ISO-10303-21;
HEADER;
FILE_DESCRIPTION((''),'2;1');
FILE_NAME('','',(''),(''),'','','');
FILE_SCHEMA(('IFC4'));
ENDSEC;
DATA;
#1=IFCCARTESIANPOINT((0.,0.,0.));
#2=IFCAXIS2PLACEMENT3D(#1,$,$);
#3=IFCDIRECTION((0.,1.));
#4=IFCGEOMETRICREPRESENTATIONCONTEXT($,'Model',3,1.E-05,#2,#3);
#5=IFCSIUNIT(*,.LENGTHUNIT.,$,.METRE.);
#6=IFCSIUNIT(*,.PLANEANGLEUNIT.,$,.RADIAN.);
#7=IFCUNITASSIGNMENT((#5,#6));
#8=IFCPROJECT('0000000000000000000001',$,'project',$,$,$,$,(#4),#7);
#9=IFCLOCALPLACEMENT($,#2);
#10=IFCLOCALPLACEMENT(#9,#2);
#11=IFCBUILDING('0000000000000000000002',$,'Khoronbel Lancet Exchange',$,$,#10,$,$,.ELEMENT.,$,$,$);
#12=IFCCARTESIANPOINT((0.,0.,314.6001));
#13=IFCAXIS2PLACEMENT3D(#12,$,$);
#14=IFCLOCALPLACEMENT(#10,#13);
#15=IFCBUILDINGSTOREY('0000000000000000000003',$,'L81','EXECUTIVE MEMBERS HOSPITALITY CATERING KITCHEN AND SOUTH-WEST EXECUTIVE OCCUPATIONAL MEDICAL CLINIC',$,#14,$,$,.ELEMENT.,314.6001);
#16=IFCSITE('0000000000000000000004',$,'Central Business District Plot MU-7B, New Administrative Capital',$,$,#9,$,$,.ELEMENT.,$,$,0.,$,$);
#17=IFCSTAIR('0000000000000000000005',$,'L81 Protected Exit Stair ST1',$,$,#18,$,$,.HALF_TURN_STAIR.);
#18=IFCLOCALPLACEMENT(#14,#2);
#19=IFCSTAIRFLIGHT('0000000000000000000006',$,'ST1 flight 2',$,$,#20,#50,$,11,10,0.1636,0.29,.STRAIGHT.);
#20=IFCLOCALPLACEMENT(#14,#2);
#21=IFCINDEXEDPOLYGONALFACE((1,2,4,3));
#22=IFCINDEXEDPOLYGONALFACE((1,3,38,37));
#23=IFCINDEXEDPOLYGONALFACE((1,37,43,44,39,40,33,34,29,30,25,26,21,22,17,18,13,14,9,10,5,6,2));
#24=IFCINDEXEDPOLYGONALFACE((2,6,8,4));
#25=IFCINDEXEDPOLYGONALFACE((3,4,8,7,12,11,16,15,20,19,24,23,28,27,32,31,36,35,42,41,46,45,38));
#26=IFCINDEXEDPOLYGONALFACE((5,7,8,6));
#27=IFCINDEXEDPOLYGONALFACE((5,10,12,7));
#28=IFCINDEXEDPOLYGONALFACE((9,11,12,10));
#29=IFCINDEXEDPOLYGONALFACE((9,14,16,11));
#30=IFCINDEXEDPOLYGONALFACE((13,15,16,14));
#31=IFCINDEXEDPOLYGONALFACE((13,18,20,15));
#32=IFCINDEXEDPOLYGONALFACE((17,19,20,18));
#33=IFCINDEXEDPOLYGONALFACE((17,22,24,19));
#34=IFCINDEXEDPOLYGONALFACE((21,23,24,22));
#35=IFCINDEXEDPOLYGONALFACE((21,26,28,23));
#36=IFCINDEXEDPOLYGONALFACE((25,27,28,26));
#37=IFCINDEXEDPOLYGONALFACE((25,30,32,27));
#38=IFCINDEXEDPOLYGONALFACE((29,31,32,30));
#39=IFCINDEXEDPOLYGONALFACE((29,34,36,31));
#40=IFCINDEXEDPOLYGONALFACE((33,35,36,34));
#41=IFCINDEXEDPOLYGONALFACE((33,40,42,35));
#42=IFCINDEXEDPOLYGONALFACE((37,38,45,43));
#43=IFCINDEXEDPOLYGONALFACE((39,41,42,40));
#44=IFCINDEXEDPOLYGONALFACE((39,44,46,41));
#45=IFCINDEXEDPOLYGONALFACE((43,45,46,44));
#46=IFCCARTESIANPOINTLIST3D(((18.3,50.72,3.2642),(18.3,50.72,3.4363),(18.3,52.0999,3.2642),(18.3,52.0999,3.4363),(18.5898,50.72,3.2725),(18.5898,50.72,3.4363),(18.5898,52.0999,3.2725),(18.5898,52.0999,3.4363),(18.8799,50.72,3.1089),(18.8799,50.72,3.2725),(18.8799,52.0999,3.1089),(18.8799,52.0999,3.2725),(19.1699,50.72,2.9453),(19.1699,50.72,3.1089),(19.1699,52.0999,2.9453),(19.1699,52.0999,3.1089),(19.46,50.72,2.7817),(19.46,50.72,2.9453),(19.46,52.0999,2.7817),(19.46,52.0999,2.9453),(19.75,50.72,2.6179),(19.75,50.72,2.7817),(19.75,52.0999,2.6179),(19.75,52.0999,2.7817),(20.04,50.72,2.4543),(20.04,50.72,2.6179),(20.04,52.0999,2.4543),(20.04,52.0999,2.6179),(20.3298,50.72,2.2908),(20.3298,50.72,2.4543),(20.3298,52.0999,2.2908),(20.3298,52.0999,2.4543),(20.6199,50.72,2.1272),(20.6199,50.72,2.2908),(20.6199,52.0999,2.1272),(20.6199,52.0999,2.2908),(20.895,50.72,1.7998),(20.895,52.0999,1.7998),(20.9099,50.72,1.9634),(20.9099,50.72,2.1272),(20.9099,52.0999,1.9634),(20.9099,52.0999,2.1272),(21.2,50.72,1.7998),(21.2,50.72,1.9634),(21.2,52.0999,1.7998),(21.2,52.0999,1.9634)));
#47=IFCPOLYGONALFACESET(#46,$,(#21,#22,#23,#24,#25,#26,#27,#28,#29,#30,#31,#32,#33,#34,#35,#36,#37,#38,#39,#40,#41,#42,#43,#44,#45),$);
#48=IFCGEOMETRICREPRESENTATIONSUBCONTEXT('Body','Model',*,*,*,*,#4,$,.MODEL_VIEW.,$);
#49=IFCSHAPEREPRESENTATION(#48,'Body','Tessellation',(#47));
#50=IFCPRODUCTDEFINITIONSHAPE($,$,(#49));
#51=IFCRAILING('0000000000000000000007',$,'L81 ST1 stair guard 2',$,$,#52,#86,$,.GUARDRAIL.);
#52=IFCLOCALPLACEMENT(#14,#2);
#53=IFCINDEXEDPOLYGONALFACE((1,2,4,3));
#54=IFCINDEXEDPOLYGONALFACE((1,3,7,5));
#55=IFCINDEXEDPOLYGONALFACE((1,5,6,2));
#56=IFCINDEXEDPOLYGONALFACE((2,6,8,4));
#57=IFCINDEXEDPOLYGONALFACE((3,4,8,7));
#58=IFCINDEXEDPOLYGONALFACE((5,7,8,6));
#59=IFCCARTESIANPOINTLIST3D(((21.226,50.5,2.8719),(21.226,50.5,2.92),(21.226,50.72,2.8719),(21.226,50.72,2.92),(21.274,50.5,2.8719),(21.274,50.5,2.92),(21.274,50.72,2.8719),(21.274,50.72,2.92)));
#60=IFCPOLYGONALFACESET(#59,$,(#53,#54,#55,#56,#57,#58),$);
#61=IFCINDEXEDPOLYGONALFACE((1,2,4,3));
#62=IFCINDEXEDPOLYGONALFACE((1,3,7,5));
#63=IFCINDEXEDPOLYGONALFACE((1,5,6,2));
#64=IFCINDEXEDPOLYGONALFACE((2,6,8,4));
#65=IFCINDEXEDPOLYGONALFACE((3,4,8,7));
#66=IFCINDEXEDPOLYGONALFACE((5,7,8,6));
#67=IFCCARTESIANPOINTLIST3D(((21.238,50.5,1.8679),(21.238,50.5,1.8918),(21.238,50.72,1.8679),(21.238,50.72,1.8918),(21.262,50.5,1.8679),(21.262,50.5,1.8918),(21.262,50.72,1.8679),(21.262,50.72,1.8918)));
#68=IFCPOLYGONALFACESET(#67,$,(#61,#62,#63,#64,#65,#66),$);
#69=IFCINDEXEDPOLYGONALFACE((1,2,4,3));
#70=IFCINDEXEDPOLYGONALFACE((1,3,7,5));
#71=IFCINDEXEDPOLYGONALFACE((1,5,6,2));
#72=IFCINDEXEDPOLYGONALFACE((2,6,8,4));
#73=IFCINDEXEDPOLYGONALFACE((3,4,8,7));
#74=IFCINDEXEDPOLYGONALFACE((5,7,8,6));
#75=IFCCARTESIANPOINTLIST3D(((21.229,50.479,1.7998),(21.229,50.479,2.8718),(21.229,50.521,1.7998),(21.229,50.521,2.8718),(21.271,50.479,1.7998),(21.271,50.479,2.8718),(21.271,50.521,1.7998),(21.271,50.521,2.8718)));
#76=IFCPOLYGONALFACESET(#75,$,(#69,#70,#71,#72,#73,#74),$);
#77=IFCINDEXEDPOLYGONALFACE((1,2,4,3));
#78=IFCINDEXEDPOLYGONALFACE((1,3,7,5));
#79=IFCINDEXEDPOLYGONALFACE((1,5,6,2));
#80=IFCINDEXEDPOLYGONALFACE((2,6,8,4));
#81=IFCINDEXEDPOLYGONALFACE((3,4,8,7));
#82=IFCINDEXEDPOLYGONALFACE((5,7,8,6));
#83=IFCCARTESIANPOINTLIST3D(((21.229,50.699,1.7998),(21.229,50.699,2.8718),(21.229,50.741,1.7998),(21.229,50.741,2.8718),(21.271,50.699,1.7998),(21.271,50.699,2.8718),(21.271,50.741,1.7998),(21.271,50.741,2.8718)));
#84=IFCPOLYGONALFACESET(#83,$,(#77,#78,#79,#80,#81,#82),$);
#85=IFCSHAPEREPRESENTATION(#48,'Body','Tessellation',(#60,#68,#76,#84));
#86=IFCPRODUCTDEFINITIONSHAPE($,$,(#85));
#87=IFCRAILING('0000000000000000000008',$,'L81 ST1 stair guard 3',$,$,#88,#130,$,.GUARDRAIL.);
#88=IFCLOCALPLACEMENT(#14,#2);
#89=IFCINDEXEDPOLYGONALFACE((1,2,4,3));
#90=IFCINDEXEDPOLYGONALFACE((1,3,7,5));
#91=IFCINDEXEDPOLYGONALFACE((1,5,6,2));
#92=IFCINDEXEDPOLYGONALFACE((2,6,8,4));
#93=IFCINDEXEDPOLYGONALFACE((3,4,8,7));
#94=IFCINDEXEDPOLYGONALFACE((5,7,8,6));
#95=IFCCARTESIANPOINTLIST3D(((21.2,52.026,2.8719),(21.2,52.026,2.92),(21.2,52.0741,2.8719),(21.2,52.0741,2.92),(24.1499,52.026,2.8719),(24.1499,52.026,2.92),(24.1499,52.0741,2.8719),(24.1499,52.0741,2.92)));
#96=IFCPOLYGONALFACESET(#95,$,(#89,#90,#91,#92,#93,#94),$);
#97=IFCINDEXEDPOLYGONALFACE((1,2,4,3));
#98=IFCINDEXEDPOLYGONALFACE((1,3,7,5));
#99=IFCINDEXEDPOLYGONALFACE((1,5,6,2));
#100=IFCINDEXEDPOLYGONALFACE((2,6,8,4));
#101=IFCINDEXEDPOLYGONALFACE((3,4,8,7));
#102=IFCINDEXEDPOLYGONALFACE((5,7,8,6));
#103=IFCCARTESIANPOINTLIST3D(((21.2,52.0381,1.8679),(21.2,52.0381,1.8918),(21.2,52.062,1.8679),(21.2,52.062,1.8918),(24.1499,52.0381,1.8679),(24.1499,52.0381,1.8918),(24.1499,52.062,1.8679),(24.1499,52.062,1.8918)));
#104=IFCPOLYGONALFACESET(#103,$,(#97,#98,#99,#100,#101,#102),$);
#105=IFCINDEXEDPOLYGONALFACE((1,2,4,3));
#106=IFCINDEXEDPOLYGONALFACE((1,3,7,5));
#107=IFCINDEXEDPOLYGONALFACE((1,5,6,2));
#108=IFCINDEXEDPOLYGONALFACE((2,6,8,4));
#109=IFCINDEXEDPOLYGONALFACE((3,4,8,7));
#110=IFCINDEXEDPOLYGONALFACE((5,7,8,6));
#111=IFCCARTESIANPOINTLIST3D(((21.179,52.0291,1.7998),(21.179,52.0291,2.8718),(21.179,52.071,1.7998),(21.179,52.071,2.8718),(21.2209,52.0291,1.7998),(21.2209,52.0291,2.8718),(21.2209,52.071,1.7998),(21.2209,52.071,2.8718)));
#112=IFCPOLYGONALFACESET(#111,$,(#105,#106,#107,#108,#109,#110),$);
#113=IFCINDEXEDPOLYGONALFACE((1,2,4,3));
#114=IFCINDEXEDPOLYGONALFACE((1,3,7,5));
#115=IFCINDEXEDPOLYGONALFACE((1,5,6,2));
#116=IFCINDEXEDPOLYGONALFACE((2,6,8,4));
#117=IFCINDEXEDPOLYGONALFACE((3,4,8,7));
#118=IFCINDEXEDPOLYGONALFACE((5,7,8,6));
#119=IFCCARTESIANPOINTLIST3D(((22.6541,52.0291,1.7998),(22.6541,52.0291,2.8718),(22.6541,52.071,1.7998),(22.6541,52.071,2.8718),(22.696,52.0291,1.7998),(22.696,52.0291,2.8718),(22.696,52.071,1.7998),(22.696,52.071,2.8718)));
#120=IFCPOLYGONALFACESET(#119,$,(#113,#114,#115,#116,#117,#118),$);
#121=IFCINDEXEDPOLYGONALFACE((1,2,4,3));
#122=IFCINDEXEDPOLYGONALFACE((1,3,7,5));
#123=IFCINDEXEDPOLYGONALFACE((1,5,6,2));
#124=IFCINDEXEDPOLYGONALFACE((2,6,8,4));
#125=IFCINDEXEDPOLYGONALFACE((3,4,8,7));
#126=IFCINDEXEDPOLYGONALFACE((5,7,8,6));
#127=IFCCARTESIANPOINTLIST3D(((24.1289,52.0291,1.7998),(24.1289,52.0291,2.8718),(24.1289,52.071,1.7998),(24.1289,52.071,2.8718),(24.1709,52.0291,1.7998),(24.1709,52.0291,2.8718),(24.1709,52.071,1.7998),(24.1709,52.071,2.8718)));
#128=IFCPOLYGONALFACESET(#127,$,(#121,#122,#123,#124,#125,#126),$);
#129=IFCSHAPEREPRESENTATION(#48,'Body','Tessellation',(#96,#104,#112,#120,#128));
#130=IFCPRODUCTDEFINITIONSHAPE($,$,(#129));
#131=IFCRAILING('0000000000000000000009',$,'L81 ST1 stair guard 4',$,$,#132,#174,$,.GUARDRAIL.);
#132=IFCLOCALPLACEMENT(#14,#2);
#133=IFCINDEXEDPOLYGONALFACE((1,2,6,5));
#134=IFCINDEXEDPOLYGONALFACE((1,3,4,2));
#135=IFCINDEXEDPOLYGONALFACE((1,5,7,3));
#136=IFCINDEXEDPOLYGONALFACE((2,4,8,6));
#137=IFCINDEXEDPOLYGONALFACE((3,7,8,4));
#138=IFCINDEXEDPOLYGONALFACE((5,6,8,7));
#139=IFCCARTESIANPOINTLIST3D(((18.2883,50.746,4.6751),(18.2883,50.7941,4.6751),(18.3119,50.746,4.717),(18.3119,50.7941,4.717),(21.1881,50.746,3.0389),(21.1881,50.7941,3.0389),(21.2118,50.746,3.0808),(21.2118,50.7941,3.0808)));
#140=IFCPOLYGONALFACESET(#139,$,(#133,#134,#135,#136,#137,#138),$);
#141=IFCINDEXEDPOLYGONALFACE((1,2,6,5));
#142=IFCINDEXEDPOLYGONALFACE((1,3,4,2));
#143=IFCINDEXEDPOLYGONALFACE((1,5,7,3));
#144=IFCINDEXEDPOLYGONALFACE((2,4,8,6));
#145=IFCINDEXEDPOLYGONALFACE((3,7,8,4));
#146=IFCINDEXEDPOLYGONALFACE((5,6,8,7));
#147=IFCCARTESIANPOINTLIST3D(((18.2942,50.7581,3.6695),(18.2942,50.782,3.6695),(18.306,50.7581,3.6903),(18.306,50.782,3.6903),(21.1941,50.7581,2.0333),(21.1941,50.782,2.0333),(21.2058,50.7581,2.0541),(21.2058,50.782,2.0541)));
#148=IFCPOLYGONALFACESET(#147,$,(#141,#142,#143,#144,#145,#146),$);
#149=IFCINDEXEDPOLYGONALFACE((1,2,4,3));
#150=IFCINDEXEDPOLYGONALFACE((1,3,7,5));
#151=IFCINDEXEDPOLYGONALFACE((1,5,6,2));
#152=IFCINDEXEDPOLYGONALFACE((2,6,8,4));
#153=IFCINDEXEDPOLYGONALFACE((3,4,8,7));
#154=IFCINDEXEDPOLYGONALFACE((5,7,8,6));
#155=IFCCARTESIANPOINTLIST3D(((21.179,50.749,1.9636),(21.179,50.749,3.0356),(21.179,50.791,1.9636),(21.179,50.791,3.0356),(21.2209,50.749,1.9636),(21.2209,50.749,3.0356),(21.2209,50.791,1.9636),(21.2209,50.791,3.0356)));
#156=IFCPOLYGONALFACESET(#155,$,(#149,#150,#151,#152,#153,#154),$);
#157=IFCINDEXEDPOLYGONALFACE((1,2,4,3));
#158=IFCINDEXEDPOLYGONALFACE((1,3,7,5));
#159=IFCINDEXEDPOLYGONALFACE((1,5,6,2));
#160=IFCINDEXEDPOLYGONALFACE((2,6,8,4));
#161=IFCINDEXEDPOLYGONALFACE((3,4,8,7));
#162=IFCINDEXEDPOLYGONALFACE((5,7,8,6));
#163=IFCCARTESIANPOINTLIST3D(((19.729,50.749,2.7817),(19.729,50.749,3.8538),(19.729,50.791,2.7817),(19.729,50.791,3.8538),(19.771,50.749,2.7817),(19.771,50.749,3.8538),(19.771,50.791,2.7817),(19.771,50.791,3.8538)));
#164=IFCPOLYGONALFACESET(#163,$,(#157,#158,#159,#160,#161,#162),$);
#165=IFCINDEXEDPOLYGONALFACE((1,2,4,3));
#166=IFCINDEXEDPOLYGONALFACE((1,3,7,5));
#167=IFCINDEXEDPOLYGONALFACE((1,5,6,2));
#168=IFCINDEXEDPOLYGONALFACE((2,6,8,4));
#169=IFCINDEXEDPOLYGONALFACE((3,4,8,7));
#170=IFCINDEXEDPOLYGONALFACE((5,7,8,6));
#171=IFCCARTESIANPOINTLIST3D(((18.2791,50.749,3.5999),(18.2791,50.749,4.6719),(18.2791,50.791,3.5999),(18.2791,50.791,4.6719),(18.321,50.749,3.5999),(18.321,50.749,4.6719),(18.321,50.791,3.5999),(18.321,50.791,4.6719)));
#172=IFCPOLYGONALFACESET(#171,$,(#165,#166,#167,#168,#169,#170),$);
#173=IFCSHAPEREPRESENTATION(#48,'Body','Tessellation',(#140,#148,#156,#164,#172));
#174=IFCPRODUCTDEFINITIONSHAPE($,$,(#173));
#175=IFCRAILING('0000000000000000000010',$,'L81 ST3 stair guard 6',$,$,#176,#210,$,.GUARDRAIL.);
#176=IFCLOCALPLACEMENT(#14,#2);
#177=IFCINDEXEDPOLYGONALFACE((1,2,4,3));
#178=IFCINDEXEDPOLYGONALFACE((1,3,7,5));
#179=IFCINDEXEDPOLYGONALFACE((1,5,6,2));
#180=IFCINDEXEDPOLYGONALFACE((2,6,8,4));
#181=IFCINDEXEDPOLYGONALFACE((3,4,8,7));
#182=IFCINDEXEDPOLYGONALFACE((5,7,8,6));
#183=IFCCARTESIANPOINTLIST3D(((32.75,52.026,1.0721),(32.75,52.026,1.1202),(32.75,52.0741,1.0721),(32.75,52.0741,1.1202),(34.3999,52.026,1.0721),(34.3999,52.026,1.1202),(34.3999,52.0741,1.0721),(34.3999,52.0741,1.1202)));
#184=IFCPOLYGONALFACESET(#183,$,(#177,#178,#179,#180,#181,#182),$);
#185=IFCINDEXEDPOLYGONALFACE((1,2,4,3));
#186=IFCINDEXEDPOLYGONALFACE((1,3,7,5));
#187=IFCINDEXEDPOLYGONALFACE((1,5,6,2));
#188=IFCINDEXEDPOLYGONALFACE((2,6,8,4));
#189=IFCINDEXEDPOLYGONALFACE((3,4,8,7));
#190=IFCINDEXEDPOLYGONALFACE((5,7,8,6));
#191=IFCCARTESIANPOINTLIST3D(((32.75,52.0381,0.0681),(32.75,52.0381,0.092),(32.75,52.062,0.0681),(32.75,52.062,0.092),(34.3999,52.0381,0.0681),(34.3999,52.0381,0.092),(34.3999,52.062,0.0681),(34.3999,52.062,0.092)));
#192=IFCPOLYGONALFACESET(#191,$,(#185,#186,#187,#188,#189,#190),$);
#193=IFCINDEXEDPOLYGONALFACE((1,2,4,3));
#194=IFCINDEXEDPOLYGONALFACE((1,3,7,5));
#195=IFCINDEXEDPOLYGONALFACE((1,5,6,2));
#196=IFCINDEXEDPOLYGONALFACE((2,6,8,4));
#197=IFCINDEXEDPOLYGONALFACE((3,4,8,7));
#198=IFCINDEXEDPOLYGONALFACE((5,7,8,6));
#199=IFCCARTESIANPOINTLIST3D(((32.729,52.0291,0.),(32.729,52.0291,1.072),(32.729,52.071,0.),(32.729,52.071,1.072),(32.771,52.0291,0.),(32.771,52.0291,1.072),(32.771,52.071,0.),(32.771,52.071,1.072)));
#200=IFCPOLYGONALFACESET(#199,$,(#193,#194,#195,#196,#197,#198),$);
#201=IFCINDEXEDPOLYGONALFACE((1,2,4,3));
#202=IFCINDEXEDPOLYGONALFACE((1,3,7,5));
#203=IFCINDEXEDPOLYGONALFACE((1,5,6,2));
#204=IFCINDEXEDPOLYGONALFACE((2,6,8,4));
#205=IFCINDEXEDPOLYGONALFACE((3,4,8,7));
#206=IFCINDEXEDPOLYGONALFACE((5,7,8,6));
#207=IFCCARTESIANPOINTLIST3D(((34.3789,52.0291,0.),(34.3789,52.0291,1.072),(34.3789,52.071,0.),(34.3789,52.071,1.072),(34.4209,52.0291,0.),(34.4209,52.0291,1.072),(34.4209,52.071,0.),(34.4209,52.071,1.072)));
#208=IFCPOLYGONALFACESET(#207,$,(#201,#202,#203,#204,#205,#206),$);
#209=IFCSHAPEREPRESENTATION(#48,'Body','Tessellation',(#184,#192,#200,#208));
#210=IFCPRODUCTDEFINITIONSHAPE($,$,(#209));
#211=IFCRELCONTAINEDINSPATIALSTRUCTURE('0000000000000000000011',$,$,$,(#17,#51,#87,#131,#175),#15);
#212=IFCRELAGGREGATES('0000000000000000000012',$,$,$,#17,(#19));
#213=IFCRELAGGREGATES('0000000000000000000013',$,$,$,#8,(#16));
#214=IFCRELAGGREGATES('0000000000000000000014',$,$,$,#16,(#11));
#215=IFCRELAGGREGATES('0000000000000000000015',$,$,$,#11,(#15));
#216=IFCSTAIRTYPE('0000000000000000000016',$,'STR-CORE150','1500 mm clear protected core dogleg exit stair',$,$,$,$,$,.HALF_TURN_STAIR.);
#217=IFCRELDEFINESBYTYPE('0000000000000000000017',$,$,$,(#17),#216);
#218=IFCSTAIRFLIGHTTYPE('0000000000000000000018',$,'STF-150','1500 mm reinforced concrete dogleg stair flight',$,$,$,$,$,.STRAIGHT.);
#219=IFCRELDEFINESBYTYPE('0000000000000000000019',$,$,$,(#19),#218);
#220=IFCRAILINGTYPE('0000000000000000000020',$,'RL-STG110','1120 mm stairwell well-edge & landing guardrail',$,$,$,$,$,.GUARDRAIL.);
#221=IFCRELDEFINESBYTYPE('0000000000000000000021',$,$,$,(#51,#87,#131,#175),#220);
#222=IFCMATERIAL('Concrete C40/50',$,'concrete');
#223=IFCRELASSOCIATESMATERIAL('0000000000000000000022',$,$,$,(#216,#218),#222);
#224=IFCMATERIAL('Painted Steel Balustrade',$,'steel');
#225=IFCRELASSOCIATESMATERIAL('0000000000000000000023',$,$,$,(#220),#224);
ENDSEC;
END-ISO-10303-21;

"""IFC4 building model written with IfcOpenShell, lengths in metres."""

from ifc_helpers import new_model, si_unit, direction, frame, origin, origin_2d, place, context, subcontext, project, spatial, polyline, rectangle, outline, extrude, material, type_object, element, aggregate, save


model = new_model("IFC4")

# Units and contexts
model_context = context("Model", 3, precision=1e-05, world=origin(), true_north=direction((0.0, 1.0)))
body_context = subcontext(model_context, "Body", "Model", "MODEL_VIEW")
ifc_project = project(units=[si_unit("LENGTHUNIT", "METRE"), si_unit("PLANEANGLEUNIT", "RADIAN")], contexts=[model_context])

# Site, building, storey
site_placement = place(None, origin())
site = spatial("IfcSite", under=ifc_project, at=site_placement, Name="Central Business District Plot MU-7B, New Administrative Capital", CompositionType="ELEMENT", RefElevation=0.0)
building_placement = place(site_placement, origin())
building = spatial("IfcBuilding", under=site, at=building_placement, Name="Khoronbel Lancet Exchange", CompositionType="ELEMENT")
storey_placement = place(building_placement, frame((0.0, 0.0, 314.6001)))
storey = spatial("IfcBuildingStorey", under=building, at=storey_placement, Name="L81", Description="EXECUTIVE MEMBERS HOSPITALITY CATERING KITCHEN AND SOUTH-WEST EXECUTIVE OCCUPATIONAL MEDICAL CLINIC", CompositionType="ELEMENT", Elevation=314.6001)

# Stair, stair flight
ifc_material_1 = material(Name="Concrete C40/50", Category="concrete")
stair_type = type_object("IfcStairType", Name="STR-CORE150", Description="1500 mm clear protected core dogleg exit stair", PredefinedType="HALF_TURN_STAIR", material=ifc_material_1)
stair_placement = place(storey_placement, origin())
stair = element("IfcStair", 1, at=stair_placement, inside=storey, type_object=stair_type, Name="L81 Protected Exit Stair ST1", PredefinedType="HALF_TURN_STAIR")
stair_flight_type = type_object("IfcStairFlightType", Name="STF-150", Description="1500 mm reinforced concrete dogleg stair flight", PredefinedType="STRAIGHT", material=ifc_material_1)
stair_flight_placement = place(storey_placement, frame((21.2, 51.4099, 1.7998), z_axis=(0.0, 0.0, 1.0), x_axis=(-1.0, 0.0, 0.0)))
stair_flight = element("IfcStairFlight", 2, at=stair_flight_placement, type_object=stair_flight_type, Name="ST1 flight 2", NumberOfRisers=11, NumberOfTreads=10, PredefinedType="STRAIGHT", RiserHeight=0.1636, TreadLength=0.29, context=body_context, shape_type="SweptSolid", body=[
    extrude(outline(polyline([(0.0, 0.0), (0.0, 0.1636), (0.29, 0.1636), (0.29, 0.3274), (0.5801, 0.3274), (0.5801, 0.491), (0.8701, 0.491), (0.8701, 0.6545), (1.1599, 0.6545), (1.1599, 0.8181), (1.45, 0.8181), (1.45, 0.9819), (1.74, 0.9819), (1.74, 1.1455), (2.03, 1.1455), (2.03, 1.3091), (2.3201, 1.3091), (2.3201, 1.4727), (2.6101, 1.4727), (2.6101, 1.6365), (2.8999, 1.6365), (2.8999, 1.8), (2.8999, 1.4644), (0.3049, 0.0), (0.0, 0.0)])), frame((0.0, 0.6899, 0.0), z_axis=(0.0, -1.0, 0.0), x_axis=(1.0, 0.0, 0.0)), (0.0, 0.0, 1.0), 1.3799),
])
aggregate(stair, [stair_flight])

# Railings
ifc_material_2 = material(Name="Painted Steel Balustrade", Category="steel")
railing_type_1 = type_object("IfcRailingType", Name="RL-STG110", Description="1120 mm stairwell well-edge & landing guardrail", PredefinedType="GUARDRAIL", material=ifc_material_2)
railing_1_placement = place(storey_placement, frame((21.25, 50.5, 1.7998)))
element("IfcRailing", 3, at=railing_1_placement, inside=storey, type_object=railing_type_1, Name="L81 ST1 stair guard 2", PredefinedType="GUARDRAIL", context=body_context, shape_type="SweptSolid", body=[
    extrude(rectangle(XDim=0.0481, YDim=0.0481, at=origin_2d()), frame((0.0, 0.0, 1.0962), z_axis=(0.0, 1.0, 0.0), x_axis=(-1.0, 0.0, 0.0)), (0.0, 0.0, 1.0), 0.22),
    extrude(rectangle(XDim=0.0239, YDim=0.0239, at=origin_2d()), frame((0.0, 0.0, 0.0801), z_axis=(0.0, 1.0, 0.0), x_axis=(-1.0, 0.0, 0.0)), (0.0, 0.0, 1.0), 0.22),
    extrude(rectangle(XDim=0.042, YDim=0.042, at=origin_2d()), origin(), (0.0, 0.0, 1.0), 1.072),
    extrude(rectangle(XDim=0.042, YDim=0.042, at=origin_2d()), frame((0.0, 0.22, 0.0)), (0.0, 0.0, 1.0), 1.072),
])
railing_2_placement = place(storey_placement, frame((21.2, 52.05, 1.7998)))
element("IfcRailing", 4, at=railing_2_placement, inside=storey, type_object=railing_type_1, Name="L81 ST1 stair guard 3", PredefinedType="GUARDRAIL", context=body_context, shape_type="SweptSolid", body=[
    extrude(rectangle(XDim=0.0481, YDim=0.0481, at=origin_2d()), frame((0.0, 0.0, 1.0962), z_axis=(1.0, 0.0, 0.0), x_axis=(0.0, 1.0, 0.0)), (0.0, 0.0, 1.0), 2.95),
    extrude(rectangle(XDim=0.0239, YDim=0.0239, at=origin_2d()), frame((0.0, 0.0, 0.0801), z_axis=(1.0, 0.0, 0.0), x_axis=(0.0, 1.0, 0.0)), (0.0, 0.0, 1.0), 2.95),
    extrude(rectangle(XDim=0.042, YDim=0.042, at=origin_2d()), origin(), (0.0, 0.0, 1.0), 1.072),
    extrude(rectangle(XDim=0.042, YDim=0.042, at=origin_2d()), frame((1.4751, 0.0, 0.0)), (0.0, 0.0, 1.0), 1.072),
    extrude(rectangle(XDim=0.042, YDim=0.042, at=origin_2d()), frame((2.95, 0.0, 0.0)), (0.0, 0.0, 1.0), 1.072),
])
railing_3_placement = place(storey_placement, frame((21.2, 50.77, 1.9636)))
element("IfcRailing", 5, at=railing_3_placement, inside=storey, type_object=railing_type_1, Name="L81 ST1 stair guard 4", PredefinedType="GUARDRAIL", context=body_context, shape_type="SweptSolid", body=[
    extrude(rectangle(XDim=0.0481, YDim=0.0481, at=origin_2d()), frame((0.0, 0.0, 1.0962), z_axis=(-0.870929, 0.0, 0.49141), x_axis=(0.0, -1.0, 0.0)), (0.0, 0.0, 1.0), 3.3296),
    extrude(rectangle(XDim=0.0239, YDim=0.0239, at=origin_2d()), frame((0.0, 0.0, 0.0801), z_axis=(-0.870929, 0.0, 0.49141), x_axis=(0.0, -1.0, 0.0)), (0.0, 0.0, 1.0), 3.3296),
    extrude(rectangle(XDim=0.042, YDim=0.042, at=origin_2d()), origin(), (0.0, 0.0, 1.0), 1.072),
    extrude(rectangle(XDim=0.042, YDim=0.042, at=origin_2d()), frame((-1.45, 0.0, 0.8181)), (0.0, 0.0, 1.0), 1.072),
    extrude(rectangle(XDim=0.042, YDim=0.042, at=origin_2d()), frame((-2.8999, 0.0, 1.6362)), (0.0, 0.0, 1.0), 1.072),
])
railing_4_placement = place(storey_placement, frame((32.75, 52.05, 0.0)))
element("IfcRailing", 6, at=railing_4_placement, inside=storey, type_object=railing_type_1, Name="L81 ST3 stair guard 6", PredefinedType="GUARDRAIL", context=body_context, shape_type="SweptSolid", body=[
    extrude(rectangle(XDim=0.0481, YDim=0.0481, at=origin_2d()), frame((0.0, 0.0, 1.0962), z_axis=(1.0, 0.0, 0.0), x_axis=(0.0, 1.0, 0.0)), (0.0, 0.0, 1.0), 1.6499),
    extrude(rectangle(XDim=0.0239, YDim=0.0239, at=origin_2d()), frame((0.0, 0.0, 0.0801), z_axis=(1.0, 0.0, 0.0), x_axis=(0.0, 1.0, 0.0)), (0.0, 0.0, 1.0), 1.6499),
    extrude(rectangle(XDim=0.042, YDim=0.042, at=origin_2d()), origin(), (0.0, 0.0, 1.0), 1.072),
    extrude(rectangle(XDim=0.042, YDim=0.042, at=origin_2d()), frame((1.6499, 0.0, 0.0)), (0.0, 0.0, 1.0), 1.072),
])

save(model, "model.ifc")
